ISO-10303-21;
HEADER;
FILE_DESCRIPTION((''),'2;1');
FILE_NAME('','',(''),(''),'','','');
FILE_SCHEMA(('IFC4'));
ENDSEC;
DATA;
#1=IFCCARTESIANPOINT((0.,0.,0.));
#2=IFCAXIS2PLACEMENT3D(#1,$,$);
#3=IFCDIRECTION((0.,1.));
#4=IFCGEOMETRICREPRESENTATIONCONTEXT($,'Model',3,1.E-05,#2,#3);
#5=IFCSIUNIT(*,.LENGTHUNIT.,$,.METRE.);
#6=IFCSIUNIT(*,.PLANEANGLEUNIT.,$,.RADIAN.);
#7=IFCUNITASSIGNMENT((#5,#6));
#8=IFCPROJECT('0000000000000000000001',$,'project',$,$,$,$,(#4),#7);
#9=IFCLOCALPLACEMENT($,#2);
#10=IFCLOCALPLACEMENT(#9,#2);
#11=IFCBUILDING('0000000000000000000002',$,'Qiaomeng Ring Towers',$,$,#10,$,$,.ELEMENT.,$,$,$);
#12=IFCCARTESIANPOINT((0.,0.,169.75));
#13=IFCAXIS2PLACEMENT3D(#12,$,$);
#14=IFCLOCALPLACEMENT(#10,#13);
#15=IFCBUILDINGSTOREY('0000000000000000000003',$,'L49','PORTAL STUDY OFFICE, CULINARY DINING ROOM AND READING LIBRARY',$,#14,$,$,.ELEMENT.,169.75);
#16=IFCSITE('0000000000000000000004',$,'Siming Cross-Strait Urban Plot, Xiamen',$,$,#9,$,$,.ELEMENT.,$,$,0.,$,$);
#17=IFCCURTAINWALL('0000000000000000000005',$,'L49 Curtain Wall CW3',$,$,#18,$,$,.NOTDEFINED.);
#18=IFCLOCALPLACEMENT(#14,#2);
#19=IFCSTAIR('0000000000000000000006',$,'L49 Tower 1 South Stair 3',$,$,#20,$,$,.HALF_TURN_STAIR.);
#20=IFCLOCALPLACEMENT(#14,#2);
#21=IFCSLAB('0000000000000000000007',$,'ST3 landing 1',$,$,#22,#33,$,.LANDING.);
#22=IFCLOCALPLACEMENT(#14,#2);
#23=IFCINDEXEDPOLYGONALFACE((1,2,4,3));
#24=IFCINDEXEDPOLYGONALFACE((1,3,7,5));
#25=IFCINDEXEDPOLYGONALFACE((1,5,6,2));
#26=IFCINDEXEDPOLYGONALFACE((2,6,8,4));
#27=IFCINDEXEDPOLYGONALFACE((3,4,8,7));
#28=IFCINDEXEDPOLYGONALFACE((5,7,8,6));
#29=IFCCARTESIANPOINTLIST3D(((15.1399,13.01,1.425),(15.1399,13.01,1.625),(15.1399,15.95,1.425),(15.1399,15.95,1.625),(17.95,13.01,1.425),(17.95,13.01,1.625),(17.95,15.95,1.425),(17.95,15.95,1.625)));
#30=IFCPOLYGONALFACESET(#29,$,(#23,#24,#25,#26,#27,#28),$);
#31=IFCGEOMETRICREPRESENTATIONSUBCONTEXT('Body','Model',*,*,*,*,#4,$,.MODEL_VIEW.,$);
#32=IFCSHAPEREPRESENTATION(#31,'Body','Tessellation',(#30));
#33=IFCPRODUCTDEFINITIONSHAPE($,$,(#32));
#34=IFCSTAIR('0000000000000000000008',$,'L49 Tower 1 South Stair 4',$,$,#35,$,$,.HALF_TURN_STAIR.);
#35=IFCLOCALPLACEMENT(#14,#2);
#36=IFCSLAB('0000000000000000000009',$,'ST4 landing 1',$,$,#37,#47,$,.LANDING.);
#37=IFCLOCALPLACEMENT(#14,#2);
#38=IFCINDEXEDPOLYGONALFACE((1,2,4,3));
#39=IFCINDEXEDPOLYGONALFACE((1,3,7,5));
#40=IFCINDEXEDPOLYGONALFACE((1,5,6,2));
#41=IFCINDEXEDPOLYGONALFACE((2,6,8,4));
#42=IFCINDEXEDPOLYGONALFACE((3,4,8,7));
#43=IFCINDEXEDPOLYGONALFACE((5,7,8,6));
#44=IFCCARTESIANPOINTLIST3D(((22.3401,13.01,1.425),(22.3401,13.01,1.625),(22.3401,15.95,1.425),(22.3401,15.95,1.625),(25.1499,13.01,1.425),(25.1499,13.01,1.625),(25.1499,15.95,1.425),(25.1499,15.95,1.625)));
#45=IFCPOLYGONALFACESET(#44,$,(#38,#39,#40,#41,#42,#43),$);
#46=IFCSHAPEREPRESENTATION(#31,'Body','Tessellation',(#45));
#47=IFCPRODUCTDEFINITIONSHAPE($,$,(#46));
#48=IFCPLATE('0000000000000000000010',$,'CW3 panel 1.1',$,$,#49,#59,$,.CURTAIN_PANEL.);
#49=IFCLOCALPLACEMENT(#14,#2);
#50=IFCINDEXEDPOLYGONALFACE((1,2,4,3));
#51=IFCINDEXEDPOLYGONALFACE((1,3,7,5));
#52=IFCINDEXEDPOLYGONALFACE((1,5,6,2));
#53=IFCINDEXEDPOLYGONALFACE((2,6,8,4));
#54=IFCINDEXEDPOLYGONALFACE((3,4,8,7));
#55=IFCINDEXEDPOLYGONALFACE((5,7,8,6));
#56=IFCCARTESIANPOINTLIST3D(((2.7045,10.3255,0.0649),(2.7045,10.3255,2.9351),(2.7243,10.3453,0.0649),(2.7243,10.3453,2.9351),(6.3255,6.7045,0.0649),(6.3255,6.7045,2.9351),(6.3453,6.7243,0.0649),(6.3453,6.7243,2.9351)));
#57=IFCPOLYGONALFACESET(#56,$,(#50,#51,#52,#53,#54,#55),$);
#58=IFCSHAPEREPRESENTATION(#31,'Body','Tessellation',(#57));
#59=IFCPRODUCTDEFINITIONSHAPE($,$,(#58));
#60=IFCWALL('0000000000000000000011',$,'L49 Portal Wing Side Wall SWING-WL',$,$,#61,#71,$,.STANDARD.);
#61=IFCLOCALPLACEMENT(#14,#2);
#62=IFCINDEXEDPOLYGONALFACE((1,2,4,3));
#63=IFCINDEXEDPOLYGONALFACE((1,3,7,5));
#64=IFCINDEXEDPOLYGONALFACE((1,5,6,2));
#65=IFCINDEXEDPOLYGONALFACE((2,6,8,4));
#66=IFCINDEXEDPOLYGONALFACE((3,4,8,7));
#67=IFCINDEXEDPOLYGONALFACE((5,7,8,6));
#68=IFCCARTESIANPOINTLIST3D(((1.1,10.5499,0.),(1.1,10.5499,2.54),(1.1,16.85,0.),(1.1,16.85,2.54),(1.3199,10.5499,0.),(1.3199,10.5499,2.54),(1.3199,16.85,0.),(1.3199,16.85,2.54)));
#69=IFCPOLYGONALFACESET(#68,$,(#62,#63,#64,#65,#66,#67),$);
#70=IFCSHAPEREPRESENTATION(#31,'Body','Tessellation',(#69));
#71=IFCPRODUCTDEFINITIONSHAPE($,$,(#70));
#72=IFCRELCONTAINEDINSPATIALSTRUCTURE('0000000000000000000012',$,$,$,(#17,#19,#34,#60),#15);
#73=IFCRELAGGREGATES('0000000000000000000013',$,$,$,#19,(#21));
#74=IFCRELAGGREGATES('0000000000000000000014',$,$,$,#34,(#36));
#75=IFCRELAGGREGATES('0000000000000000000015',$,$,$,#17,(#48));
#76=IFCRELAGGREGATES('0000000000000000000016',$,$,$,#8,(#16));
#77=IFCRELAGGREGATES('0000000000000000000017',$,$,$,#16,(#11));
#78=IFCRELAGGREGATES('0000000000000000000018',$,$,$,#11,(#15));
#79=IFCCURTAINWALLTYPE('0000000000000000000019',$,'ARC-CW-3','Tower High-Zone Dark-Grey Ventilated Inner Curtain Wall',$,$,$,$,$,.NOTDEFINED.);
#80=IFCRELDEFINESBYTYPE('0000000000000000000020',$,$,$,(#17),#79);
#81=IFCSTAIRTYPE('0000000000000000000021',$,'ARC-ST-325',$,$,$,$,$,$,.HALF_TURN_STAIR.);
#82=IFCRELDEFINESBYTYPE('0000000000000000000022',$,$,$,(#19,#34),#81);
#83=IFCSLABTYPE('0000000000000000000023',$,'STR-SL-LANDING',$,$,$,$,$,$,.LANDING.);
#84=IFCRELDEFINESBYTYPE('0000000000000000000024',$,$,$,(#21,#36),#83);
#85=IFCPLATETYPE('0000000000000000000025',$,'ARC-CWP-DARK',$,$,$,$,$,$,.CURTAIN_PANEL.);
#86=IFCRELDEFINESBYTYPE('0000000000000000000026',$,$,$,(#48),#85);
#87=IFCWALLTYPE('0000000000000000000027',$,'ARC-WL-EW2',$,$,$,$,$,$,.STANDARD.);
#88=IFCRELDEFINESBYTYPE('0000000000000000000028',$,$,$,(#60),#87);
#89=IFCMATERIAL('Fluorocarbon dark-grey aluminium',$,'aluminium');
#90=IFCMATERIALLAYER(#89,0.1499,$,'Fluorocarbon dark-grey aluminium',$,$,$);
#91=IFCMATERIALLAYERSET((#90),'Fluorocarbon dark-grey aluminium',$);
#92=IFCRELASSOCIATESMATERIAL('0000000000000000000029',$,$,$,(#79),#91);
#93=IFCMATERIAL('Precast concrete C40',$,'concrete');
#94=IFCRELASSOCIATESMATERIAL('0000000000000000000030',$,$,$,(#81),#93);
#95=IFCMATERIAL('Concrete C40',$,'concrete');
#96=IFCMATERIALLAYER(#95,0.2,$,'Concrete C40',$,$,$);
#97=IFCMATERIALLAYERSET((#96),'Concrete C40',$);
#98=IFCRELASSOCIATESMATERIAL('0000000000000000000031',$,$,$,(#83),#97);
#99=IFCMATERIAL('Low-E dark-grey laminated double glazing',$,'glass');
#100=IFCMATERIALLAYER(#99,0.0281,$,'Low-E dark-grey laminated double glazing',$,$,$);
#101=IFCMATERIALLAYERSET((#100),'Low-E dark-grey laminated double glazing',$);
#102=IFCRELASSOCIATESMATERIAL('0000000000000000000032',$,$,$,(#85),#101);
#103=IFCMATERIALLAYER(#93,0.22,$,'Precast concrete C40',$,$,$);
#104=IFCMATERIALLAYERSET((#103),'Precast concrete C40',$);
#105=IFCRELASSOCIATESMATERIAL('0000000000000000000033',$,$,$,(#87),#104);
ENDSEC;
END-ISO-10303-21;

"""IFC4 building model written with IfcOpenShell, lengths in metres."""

from ifc_helpers import new_model, si_unit, direction, frame, frame_2d, origin, origin_2d, place, context, subcontext, project, spatial, polyline, rectangle, outline, extrude, source, transform, mapped, material, layer, layer_set, type_object, element, aggregate, save


model = new_model("IFC4")

# Units and contexts
model_context = context("Model", 3, precision=1e-05, world=origin(), true_north=direction((0.0, 1.0)))
body_context = subcontext(model_context, "Body", "Model", "MODEL_VIEW")
ifc_project = project(units=[si_unit("LENGTHUNIT", "METRE"), si_unit("PLANEANGLEUNIT", "RADIAN")], contexts=[model_context])

# Site, building, storey
site_placement = place(None, origin())
site = spatial("IfcSite", under=ifc_project, at=site_placement, Name="Siming Cross-Strait Urban Plot, Xiamen", CompositionType="ELEMENT", RefElevation=0.0)
building_placement = place(site_placement, origin())
building = spatial("IfcBuilding", under=site, at=building_placement, Name="Qiaomeng Ring Towers", CompositionType="ELEMENT")
storey_placement = place(building_placement, frame((0.0, 0.0, 169.75)))
storey = spatial("IfcBuildingStorey", under=building, at=storey_placement, Name="L49", Description="PORTAL STUDY OFFICE, CULINARY DINING ROOM AND READING LIBRARY", CompositionType="ELEMENT", Elevation=169.75)

# Curtain wall
ifc_material_1 = material(Name="Fluorocarbon dark-grey aluminium", Category="aluminium")
ifc_layer_1 = layer(ifc_material_1, 0.1499, Name="Fluorocarbon dark-grey aluminium")
ifc_layer_set_1 = layer_set([ifc_layer_1], Name="Fluorocarbon dark-grey aluminium")
curtain_wall_type = type_object("IfcCurtainWallType", Name="ARC-CW-3", Description="Tower High-Zone Dark-Grey Ventilated Inner Curtain Wall", PredefinedType="NOTDEFINED", material=ifc_layer_set_1)
curtain_wall_placement = place(storey_placement, origin())
curtain_wall = element("IfcCurtainWall", 1, at=curtain_wall_placement, inside=storey, type_object=curtain_wall_type, Name="L49 Curtain Wall CW3", PredefinedType="NOTDEFINED")

# Shared definitions
ifc_material_2 = material(Name="Concrete C40", Category="concrete")

# Stairs, slabs
ifc_material_3 = material(Name="Precast concrete C40", Category="concrete")
stair_type = type_object("IfcStairType", Name="ARC-ST-325", PredefinedType="HALF_TURN_STAIR", material=ifc_material_3)
ifc_layer_2 = layer(ifc_material_2, 0.2, Name="Concrete C40")
ifc_layer_set_2 = layer_set([ifc_layer_2], Name="Concrete C40")
slab_type_1 = type_object("IfcSlabType", Name="STR-SL-LANDING", PredefinedType="LANDING", material=ifc_layer_set_2)
stair_1_placement = place(storey_placement, origin())
stair_1 = element("IfcStair", 2, at=stair_1_placement, inside=storey, type_object=stair_type, Name="L49 Tower 1 South Stair 3", PredefinedType="HALF_TURN_STAIR")
slab_1_placement = place(storey_placement, frame((0.0, 0.0, 1.425)))
slab_1 = element("IfcSlab", 3, at=slab_1_placement, type_object=slab_type_1, Name="ST3 landing 1", PredefinedType="LANDING", context=body_context, shape_type="SweptSolid", body=[
    extrude(outline(polyline([(15.1399, 13.01), (17.95, 13.01), (17.95, 15.95), (15.1399, 15.95), (15.1399, 13.01)])), origin(), (0.0, 0.0, 1.0), 0.2),
])
aggregate(stair_1, [slab_1])
stair_2_placement = place(storey_placement, origin())
stair_2 = element("IfcStair", 4, at=stair_2_placement, inside=storey, type_object=stair_type, Name="L49 Tower 1 South Stair 4", PredefinedType="HALF_TURN_STAIR")
slab_2_placement = place(storey_placement, frame((0.0, 0.0, 1.425)))
slab_2 = element("IfcSlab", 5, at=slab_2_placement, type_object=slab_type_1, Name="ST4 landing 1", PredefinedType="LANDING", context=body_context, shape_type="SweptSolid", body=[
    extrude(outline(polyline([(22.3401, 13.01), (25.1499, 13.01), (25.1499, 15.95), (22.3401, 15.95), (22.3401, 13.01)])), origin(), (0.0, 0.0, 1.0), 0.2),
])
aggregate(stair_2, [slab_2])

# Plate
ifc_material_4 = material(Name="Low-E dark-grey laminated double glazing", Category="glass")
ifc_layer_3 = layer(ifc_material_4, 0.0281, Name="Low-E dark-grey laminated double glazing")
ifc_layer_set_3 = layer_set([ifc_layer_3], Name="Low-E dark-grey laminated double glazing")
plate_type = type_object("IfcPlateType", Name="ARC-CWP-DARK", PredefinedType="CURTAIN_PANEL", material=ifc_layer_set_3)
shared_shape_1 = source(origin(), body_context, "Body", "SweptSolid", [
    extrude(rectangle(XDim=5.1208, YDim=0.0281, at=origin_2d()), origin(), (0.0, 0.0, 1.0), 2.8701),
])
plate_placement = place(storey_placement, frame((4.5249, 8.5249, 0.0649), z_axis=(0.0, 0.0, 1.0), x_axis=(0.707107, -0.707107, 0.0)))
plate = element("IfcPlate", 6, at=plate_placement, type_object=plate_type, Name="CW3 panel 1.1", PredefinedType="CURTAIN_PANEL", context=body_context, shape_type="MappedRepresentation", body=[
    mapped(shared_shape_1, transform((0.0, 0.0, 0.0), x_axis=(1.0, 0.0, 0.0), y_axis=(0.0, 1.0, 0.0), z_axis=(0.0, 0.0, 1.0), scale=1.0)),
])
aggregate(curtain_wall, [plate])

# Wall
ifc_layer_4 = layer(ifc_material_3, 0.22, Name="Precast concrete C40")
ifc_layer_set_4 = layer_set([ifc_layer_4], Name="Precast concrete C40")
wall_type_1 = type_object("IfcWallType", Name="ARC-WL-EW2", PredefinedType="STANDARD", material=ifc_layer_set_4)
wall_1_placement = place(storey_placement, frame((1.21, 10.55, 0.0), z_axis=(0.0, 0.0, 1.0), x_axis=(0.0, 1.0, 0.0)))
element("IfcWall", 7, at=wall_1_placement, inside=storey, type_object=wall_type_1, Name="L49 Portal Wing Side Wall SWING-WL", PredefinedType="STANDARD", context=body_context, shape_type="SweptSolid", body=[
    extrude(rectangle(XDim=6.3, YDim=0.22, at=frame_2d((3.1499, 0.0))), origin(), (0.0, 0.0, 1.0), 2.54),
])

save(model, "model.ifc")
